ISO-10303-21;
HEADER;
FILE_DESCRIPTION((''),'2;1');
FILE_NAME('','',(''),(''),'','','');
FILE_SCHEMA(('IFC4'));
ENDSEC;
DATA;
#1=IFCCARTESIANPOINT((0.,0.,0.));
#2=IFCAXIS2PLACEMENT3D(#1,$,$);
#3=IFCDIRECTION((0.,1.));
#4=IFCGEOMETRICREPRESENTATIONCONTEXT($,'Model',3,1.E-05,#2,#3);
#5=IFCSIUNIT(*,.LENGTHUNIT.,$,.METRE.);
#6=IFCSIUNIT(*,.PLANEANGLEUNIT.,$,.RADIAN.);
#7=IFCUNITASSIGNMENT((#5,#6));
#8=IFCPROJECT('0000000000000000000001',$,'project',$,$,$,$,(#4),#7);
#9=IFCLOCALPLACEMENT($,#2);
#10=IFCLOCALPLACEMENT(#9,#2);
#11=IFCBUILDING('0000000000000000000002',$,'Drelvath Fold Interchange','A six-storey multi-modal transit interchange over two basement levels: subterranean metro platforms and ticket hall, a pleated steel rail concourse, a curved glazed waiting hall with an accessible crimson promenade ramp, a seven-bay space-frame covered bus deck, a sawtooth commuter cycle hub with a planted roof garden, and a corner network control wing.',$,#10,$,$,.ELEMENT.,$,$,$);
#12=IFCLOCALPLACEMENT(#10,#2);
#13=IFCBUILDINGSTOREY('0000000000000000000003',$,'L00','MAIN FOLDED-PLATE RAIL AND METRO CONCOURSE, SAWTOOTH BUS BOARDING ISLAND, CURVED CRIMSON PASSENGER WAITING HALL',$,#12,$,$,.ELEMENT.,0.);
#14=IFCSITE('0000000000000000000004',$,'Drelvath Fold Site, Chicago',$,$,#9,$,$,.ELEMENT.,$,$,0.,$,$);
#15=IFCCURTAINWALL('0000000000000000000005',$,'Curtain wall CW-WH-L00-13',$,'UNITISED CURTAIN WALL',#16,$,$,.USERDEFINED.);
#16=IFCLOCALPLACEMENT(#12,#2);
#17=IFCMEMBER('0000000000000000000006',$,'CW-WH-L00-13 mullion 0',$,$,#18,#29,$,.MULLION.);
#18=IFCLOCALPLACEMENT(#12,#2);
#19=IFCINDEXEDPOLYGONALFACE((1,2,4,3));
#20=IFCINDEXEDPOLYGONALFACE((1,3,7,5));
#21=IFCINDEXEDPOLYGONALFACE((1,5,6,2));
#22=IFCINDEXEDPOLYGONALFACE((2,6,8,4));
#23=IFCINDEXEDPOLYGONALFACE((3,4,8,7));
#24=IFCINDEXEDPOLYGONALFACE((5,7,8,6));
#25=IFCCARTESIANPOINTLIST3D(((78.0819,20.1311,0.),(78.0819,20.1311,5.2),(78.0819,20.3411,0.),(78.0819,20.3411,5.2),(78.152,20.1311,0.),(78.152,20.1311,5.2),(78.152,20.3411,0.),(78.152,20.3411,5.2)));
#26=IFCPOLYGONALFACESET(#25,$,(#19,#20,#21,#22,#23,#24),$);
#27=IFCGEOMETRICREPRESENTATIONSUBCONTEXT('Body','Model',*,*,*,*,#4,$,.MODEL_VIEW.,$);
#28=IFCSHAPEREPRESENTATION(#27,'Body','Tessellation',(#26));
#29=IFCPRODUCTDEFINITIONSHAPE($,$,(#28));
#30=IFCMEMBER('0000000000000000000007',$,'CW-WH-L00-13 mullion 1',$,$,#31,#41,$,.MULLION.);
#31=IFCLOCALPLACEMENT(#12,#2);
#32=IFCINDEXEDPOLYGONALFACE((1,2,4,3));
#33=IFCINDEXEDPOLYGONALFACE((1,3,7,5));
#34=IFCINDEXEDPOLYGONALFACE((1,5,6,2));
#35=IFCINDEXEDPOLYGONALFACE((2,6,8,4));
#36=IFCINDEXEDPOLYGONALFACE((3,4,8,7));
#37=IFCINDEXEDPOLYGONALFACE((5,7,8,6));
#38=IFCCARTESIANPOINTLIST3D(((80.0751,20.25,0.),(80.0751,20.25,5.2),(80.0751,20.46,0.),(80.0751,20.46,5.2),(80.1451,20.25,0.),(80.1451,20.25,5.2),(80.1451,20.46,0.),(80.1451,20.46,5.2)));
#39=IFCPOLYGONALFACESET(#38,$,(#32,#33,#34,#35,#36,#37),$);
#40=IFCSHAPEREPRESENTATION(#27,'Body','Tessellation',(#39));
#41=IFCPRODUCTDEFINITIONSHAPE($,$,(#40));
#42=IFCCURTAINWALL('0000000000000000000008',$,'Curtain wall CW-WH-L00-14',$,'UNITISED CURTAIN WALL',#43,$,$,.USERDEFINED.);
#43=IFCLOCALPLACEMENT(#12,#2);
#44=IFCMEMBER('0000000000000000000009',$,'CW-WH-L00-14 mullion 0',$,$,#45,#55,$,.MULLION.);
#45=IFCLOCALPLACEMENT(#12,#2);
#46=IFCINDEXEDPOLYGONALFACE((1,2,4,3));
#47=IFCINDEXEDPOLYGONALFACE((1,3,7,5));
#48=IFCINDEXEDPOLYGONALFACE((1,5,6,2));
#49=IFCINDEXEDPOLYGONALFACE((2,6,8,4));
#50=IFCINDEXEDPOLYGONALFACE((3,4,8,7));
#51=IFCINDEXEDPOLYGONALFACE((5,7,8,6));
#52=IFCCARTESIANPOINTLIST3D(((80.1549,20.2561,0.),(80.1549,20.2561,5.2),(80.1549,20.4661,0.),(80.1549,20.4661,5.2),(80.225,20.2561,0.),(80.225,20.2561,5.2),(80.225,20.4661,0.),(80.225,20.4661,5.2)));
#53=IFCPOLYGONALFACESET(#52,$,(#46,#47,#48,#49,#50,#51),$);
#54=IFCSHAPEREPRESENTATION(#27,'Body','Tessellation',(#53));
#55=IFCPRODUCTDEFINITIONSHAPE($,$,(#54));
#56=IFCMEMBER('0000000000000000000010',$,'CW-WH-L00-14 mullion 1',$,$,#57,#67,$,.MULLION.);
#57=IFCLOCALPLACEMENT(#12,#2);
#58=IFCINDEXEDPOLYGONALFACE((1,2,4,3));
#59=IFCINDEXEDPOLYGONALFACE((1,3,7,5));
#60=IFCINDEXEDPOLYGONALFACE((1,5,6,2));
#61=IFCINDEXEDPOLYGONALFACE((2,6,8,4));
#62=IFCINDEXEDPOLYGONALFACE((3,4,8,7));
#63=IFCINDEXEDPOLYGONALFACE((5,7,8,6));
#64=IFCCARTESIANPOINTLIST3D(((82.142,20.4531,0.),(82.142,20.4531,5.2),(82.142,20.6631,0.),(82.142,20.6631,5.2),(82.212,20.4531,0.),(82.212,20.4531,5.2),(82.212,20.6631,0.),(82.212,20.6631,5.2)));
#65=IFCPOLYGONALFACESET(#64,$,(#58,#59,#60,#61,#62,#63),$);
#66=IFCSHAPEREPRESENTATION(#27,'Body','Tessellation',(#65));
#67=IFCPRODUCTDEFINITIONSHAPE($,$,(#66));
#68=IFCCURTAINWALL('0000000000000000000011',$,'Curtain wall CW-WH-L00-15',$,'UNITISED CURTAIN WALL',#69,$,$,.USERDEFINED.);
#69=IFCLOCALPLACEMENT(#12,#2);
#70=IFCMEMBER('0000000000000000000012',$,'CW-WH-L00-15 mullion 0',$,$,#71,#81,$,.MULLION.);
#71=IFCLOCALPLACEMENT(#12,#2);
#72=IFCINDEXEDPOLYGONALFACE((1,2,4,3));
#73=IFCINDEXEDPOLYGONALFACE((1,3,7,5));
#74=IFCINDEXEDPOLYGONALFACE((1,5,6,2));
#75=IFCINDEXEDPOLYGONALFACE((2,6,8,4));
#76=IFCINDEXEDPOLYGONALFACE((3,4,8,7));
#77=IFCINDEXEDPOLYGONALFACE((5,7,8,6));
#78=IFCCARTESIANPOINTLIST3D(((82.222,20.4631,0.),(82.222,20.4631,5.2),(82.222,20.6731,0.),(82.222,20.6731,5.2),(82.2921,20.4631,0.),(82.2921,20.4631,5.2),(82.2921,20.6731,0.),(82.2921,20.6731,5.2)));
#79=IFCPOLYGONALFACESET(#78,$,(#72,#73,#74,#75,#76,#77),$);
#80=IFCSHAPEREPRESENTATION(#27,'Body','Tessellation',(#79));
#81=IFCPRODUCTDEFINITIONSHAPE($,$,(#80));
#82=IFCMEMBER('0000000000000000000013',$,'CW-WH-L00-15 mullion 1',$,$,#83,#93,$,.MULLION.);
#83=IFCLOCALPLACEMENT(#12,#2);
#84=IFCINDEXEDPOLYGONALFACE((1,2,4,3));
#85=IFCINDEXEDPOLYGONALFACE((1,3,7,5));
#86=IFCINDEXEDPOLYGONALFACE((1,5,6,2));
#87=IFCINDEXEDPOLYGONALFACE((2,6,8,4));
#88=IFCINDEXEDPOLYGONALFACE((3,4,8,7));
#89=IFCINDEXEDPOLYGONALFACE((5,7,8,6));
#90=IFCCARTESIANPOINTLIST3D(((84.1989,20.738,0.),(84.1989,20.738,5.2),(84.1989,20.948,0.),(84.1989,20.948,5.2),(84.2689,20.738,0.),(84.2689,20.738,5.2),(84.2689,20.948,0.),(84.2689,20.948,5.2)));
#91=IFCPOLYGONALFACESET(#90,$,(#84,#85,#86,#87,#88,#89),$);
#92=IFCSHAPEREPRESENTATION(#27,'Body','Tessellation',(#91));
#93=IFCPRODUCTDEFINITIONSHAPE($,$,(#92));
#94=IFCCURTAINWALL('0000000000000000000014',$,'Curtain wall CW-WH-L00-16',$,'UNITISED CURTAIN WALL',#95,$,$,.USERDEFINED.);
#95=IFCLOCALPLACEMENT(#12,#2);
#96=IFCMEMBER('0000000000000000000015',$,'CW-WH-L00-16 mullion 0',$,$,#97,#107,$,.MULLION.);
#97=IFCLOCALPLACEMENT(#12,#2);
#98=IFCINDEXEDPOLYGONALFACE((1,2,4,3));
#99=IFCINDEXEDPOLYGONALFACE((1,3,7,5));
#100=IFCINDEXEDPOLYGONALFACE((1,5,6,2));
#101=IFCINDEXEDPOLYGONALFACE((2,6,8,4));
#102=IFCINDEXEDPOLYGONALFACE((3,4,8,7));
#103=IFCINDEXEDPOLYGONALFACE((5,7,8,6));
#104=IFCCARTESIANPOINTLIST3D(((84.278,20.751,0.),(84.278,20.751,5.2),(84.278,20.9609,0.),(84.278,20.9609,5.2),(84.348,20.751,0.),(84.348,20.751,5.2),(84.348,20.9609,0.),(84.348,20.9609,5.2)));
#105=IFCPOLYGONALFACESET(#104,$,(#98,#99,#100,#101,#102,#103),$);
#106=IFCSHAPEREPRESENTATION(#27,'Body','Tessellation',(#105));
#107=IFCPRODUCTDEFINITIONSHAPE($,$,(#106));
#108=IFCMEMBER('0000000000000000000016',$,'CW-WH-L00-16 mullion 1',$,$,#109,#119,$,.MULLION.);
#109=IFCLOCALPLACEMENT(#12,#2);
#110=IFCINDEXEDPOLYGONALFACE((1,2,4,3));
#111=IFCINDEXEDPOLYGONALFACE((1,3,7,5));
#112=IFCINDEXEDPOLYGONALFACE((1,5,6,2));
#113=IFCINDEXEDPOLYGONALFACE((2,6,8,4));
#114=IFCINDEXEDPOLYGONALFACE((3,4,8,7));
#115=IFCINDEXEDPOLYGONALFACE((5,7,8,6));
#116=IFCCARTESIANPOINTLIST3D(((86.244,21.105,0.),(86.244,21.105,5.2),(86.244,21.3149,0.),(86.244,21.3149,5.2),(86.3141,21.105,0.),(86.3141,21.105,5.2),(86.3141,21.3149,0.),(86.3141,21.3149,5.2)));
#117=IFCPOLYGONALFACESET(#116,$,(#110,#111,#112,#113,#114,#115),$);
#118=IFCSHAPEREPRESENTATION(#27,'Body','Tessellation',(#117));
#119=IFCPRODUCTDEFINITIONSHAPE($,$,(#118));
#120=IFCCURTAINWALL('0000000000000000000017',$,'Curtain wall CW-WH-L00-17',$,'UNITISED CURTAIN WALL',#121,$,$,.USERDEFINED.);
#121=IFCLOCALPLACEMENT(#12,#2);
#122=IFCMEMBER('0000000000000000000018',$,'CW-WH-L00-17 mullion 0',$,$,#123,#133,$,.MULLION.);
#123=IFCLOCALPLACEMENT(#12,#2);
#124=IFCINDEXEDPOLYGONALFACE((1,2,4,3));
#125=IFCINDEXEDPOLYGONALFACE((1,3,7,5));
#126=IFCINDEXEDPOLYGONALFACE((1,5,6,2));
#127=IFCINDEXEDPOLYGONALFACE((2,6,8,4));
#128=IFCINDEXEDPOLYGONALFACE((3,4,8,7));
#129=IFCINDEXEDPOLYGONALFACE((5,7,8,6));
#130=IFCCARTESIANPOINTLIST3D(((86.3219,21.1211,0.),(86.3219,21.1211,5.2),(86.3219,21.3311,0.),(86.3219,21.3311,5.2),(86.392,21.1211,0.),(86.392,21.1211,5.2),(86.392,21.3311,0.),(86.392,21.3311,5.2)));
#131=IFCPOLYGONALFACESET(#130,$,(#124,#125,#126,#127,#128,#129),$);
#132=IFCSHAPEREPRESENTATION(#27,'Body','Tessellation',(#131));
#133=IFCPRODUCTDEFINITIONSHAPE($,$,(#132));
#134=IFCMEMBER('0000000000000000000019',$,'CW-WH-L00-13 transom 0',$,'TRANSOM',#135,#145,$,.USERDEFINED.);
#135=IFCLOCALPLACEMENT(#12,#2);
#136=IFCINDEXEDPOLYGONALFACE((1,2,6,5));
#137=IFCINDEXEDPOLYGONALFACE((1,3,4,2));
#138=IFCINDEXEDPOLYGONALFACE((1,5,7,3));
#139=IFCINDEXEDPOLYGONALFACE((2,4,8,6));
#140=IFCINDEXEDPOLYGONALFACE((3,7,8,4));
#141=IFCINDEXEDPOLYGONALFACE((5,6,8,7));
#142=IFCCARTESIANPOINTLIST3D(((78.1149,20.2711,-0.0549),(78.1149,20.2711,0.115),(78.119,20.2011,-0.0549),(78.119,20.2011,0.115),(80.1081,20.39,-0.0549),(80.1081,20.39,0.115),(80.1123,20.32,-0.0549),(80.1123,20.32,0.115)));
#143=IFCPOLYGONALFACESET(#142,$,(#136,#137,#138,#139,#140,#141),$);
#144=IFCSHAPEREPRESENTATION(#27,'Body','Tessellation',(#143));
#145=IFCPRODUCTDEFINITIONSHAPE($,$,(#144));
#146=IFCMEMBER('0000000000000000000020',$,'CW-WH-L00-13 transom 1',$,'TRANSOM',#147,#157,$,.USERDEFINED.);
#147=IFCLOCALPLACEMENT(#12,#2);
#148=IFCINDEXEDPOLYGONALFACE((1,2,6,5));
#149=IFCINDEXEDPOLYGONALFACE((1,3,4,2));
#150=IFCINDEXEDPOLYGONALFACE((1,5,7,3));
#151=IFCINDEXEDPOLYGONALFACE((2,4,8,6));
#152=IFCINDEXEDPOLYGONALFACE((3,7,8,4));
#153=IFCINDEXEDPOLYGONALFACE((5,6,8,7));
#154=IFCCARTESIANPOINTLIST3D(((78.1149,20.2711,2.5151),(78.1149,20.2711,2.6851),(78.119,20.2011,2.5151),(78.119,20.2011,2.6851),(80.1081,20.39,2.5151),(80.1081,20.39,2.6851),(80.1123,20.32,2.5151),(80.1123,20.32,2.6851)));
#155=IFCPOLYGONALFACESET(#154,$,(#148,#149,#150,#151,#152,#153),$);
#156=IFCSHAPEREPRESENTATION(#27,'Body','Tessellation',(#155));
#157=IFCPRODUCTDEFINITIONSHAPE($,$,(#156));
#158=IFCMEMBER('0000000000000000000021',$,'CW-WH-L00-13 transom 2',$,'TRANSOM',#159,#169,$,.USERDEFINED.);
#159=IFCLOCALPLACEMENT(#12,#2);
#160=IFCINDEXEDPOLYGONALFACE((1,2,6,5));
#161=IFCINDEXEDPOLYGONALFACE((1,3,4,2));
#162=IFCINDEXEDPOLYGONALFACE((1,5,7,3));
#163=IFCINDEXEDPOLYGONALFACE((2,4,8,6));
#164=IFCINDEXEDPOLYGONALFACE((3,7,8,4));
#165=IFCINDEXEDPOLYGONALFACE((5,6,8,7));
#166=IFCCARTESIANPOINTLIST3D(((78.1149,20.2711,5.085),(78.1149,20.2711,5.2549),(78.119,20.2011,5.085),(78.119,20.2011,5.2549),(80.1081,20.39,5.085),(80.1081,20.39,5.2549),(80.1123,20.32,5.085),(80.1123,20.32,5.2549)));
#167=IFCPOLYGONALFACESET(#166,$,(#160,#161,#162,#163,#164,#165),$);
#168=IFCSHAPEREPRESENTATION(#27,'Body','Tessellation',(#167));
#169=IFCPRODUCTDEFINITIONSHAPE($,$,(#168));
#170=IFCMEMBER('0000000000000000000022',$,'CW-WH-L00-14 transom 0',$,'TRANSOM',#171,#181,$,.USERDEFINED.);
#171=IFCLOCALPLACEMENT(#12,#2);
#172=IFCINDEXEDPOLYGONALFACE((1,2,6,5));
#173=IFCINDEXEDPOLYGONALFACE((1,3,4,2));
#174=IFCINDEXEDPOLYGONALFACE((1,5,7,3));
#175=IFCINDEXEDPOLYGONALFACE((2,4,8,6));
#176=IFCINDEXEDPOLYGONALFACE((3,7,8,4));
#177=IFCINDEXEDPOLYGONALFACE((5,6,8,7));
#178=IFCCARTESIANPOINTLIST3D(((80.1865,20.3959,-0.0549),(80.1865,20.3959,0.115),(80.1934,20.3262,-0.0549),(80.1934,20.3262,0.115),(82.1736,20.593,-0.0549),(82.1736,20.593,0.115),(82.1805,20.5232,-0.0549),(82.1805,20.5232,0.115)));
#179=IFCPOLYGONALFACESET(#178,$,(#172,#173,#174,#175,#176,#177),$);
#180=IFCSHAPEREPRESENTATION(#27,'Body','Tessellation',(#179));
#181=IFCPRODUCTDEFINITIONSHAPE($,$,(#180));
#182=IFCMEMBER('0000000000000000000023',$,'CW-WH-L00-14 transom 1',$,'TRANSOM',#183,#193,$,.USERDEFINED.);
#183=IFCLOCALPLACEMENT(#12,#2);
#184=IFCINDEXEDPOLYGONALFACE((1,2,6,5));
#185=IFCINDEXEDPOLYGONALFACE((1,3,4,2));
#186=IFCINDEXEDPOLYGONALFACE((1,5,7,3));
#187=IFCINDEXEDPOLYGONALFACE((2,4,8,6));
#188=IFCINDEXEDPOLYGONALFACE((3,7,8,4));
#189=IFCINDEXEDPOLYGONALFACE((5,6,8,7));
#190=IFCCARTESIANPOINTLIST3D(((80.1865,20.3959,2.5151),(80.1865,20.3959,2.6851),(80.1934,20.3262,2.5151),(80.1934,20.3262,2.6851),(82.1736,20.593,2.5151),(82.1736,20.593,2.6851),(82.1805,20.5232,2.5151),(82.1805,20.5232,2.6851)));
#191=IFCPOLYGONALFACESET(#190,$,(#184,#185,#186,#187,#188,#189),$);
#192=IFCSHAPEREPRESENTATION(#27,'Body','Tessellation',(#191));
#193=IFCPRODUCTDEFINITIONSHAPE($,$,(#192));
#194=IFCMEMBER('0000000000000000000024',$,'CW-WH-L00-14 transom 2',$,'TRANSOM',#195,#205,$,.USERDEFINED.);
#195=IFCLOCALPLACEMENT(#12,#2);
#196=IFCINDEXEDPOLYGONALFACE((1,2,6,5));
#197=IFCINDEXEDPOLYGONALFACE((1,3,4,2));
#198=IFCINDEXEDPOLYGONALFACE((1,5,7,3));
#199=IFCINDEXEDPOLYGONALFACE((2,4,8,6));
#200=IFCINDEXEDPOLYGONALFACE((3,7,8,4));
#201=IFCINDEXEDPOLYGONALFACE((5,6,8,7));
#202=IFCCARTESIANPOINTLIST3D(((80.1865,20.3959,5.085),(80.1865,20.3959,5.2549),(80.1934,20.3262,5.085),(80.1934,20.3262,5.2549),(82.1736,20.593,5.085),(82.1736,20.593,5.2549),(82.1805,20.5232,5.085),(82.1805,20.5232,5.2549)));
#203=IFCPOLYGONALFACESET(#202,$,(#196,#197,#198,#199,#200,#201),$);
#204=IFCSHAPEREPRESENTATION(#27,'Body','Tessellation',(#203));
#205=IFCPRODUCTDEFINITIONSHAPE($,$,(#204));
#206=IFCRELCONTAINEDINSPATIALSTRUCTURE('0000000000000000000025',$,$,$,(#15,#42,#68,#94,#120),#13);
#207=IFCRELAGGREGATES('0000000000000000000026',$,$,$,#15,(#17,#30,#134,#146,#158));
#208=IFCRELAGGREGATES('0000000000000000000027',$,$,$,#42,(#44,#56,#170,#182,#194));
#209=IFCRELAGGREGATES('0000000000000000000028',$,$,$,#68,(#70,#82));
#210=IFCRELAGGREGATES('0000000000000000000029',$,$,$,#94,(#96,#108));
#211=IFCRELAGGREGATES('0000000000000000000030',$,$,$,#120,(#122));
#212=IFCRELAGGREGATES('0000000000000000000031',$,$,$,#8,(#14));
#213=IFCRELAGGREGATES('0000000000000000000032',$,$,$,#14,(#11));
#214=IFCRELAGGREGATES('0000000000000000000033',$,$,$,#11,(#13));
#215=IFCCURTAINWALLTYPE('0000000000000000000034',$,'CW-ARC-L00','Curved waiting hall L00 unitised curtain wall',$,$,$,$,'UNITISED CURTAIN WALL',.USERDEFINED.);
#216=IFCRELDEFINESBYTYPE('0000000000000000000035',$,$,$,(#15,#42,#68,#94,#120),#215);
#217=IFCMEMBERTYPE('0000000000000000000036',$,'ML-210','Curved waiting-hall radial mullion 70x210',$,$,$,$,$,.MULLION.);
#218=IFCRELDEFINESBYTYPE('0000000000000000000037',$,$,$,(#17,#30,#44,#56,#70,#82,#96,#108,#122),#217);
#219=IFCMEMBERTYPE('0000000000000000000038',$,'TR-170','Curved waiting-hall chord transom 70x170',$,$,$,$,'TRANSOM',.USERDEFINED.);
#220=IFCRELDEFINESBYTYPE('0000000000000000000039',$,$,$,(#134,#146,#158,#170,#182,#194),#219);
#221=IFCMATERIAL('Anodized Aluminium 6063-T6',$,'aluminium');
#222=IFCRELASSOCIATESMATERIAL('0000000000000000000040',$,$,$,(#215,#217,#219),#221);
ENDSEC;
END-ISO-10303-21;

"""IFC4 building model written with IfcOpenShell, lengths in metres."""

from ifc_helpers import new_model, si_unit, direction, frame, origin, origin_2d, place, context, subcontext, project, spatial, rectangle, extrude, material, material_profile, profile_set, type_object, element, aggregate, save


model = new_model("IFC4")

# Units and contexts
model_context = context("Model", 3, precision=1e-05, world=origin(), true_north=direction((0.0, 1.0)))
body_context = subcontext(model_context, "Body", "Model", "MODEL_VIEW")
ifc_project = project(units=[si_unit("LENGTHUNIT", "METRE"), si_unit("PLANEANGLEUNIT", "RADIAN")], contexts=[model_context])

# Site, building, storey
site_placement = place(None, origin())
site = spatial("IfcSite", under=ifc_project, at=site_placement, Name="Drelvath Fold Site, Chicago", CompositionType="ELEMENT", RefElevation=0.0)
building_placement = place(site_placement, origin())
building = spatial("IfcBuilding", under=site, at=building_placement, Name="Drelvath Fold Interchange", Description="A six-storey multi-modal transit interchange over two basement levels: subterranean metro platforms and ticket hall, a pleated steel rail concourse, a curved glazed waiting hall with an accessible crimson promenade ramp, a seven-bay space-frame covered bus deck, a sawtooth commuter cycle hub with a planted roof garden, and a corner network control wing.", CompositionType="ELEMENT")
storey_placement = place(building_placement, origin())
storey = spatial("IfcBuildingStorey", under=building, at=storey_placement, Name="L00", Description="MAIN FOLDED-PLATE RAIL AND METRO CONCOURSE, SAWTOOTH BUS BOARDING ISLAND, CURVED CRIMSON PASSENGER WAITING HALL", CompositionType="ELEMENT", Elevation=0.0)

# Curtain walls, members
ifc_material_1 = material(Name="Anodized Aluminium 6063-T6", Category="aluminium")
curtain_wall_type = type_object("IfcCurtainWallType", Name="CW-ARC-L00", Description="Curved waiting hall L00 unitised curtain wall", ElementType="UNITISED CURTAIN WALL", PredefinedType="USERDEFINED", material=ifc_material_1)
curtain_wall_1_placement = place(storey_placement, origin())
curtain_wall_1 = element("IfcCurtainWall", 1, at=curtain_wall_1_placement, inside=storey, type_object=curtain_wall_type, Name="Curtain wall CW-WH-L00-13", ObjectType="UNITISED CURTAIN WALL", PredefinedType="USERDEFINED")
ifc_material_profile_1 = material_profile(ifc_material_1, rectangle(XDim=0.0701, YDim=0.21, at=origin_2d()), Name="AL-M 70x210")
ifc_profile_set_1 = profile_set([ifc_material_profile_1], Name="Anodized Aluminium 6063-T6")
member_type_1 = type_object("IfcMemberType", Name="ML-210", Description="Curved waiting-hall radial mullion 70x210", PredefinedType="MULLION", material=ifc_profile_set_1)
member_1_placement = place(storey_placement, frame((78.1169, 20.2361, 0.0), z_axis=(0.0, 0.0, 1.0), x_axis=(1.0, 0.0, 0.0)))
member_1 = element("IfcMember", 2, at=member_1_placement, type_object=member_type_1, Name="CW-WH-L00-13 mullion 0", PredefinedType="MULLION", context=body_context, shape_type="SweptSolid", body=[
    extrude(rectangle(XDim=0.0701, YDim=0.21, at=origin_2d()), origin(), (0.0, 0.0, 1.0), 5.2),
])
member_2_placement = place(storey_placement, frame((80.1101, 20.355, 0.0), z_axis=(0.0, 0.0, 1.0), x_axis=(1.0, 0.0, 0.0)))
member_2 = element("IfcMember", 3, at=member_2_placement, type_object=member_type_1, Name="CW-WH-L00-13 mullion 1", PredefinedType="MULLION", context=body_context, shape_type="SweptSolid", body=[
    extrude(rectangle(XDim=0.0701, YDim=0.21, at=origin_2d()), origin(), (0.0, 0.0, 1.0), 5.2),
])
curtain_wall_2_placement = place(storey_placement, origin())
curtain_wall_2 = element("IfcCurtainWall", 4, at=curtain_wall_2_placement, inside=storey, type_object=curtain_wall_type, Name="Curtain wall CW-WH-L00-14", ObjectType="UNITISED CURTAIN WALL", PredefinedType="USERDEFINED")
member_3_placement = place(storey_placement, frame((80.1899, 20.3611, 0.0), z_axis=(0.0, 0.0, 1.0), x_axis=(1.0, 0.0, 0.0)))
member_3 = element("IfcMember", 5, at=member_3_placement, type_object=member_type_1, Name="CW-WH-L00-14 mullion 0", PredefinedType="MULLION", context=body_context, shape_type="SweptSolid", body=[
    extrude(rectangle(XDim=0.0701, YDim=0.21, at=origin_2d()), origin(), (0.0, 0.0, 1.0), 5.2),
])
member_4_placement = place(storey_placement, frame((82.177, 20.5581, 0.0), z_axis=(0.0, 0.0, 1.0), x_axis=(1.0, 0.0, 0.0)))
member_4 = element("IfcMember", 6, at=member_4_placement, type_object=member_type_1, Name="CW-WH-L00-14 mullion 1", PredefinedType="MULLION", context=body_context, shape_type="SweptSolid", body=[
    extrude(rectangle(XDim=0.0701, YDim=0.21, at=origin_2d()), origin(), (0.0, 0.0, 1.0), 5.2),
])
curtain_wall_3_placement = place(storey_placement, origin())
curtain_wall_3 = element("IfcCurtainWall", 7, at=curtain_wall_3_placement, inside=storey, type_object=curtain_wall_type, Name="Curtain wall CW-WH-L00-15", ObjectType="UNITISED CURTAIN WALL", PredefinedType="USERDEFINED")
member_5_placement = place(storey_placement, frame((82.2571, 20.5681, 0.0), z_axis=(0.0, 0.0, 1.0), x_axis=(1.0, 0.0, 0.0)))
member_5 = element("IfcMember", 8, at=member_5_placement, type_object=member_type_1, Name="CW-WH-L00-15 mullion 0", PredefinedType="MULLION", context=body_context, shape_type="SweptSolid", body=[
    extrude(rectangle(XDim=0.0701, YDim=0.21, at=origin_2d()), origin(), (0.0, 0.0, 1.0), 5.2),
])
member_6_placement = place(storey_placement, frame((84.2339, 20.843, 0.0), z_axis=(0.0, 0.0, 1.0), x_axis=(1.0, 0.0, 0.0)))
member_6 = element("IfcMember", 9, at=member_6_placement, type_object=member_type_1, Name="CW-WH-L00-15 mullion 1", PredefinedType="MULLION", context=body_context, shape_type="SweptSolid", body=[
    extrude(rectangle(XDim=0.0701, YDim=0.21, at=origin_2d()), origin(), (0.0, 0.0, 1.0), 5.2),
])
curtain_wall_4_placement = place(storey_placement, origin())
curtain_wall_4 = element("IfcCurtainWall", 10, at=curtain_wall_4_placement, inside=storey, type_object=curtain_wall_type, Name="Curtain wall CW-WH-L00-16", ObjectType="UNITISED CURTAIN WALL", PredefinedType="USERDEFINED")
member_7_placement = place(storey_placement, frame((84.313, 20.856, 0.0), z_axis=(0.0, 0.0, 1.0), x_axis=(1.0, 0.0, 0.0)))
member_7 = element("IfcMember", 11, at=member_7_placement, type_object=member_type_1, Name="CW-WH-L00-16 mullion 0", PredefinedType="MULLION", context=body_context, shape_type="SweptSolid", body=[
    extrude(rectangle(XDim=0.0701, YDim=0.21, at=origin_2d()), origin(), (0.0, 0.0, 1.0), 5.2),
])
member_8_placement = place(storey_placement, frame((86.2791, 21.21, 0.0), z_axis=(0.0, 0.0, 1.0), x_axis=(1.0, 0.0, 0.0)))
member_8 = element("IfcMember", 12, at=member_8_placement, type_object=member_type_1, Name="CW-WH-L00-16 mullion 1", PredefinedType="MULLION", context=body_context, shape_type="SweptSolid", body=[
    extrude(rectangle(XDim=0.0701, YDim=0.21, at=origin_2d()), origin(), (0.0, 0.0, 1.0), 5.2),
])

# Curtain wall, member
curtain_wall_5_placement = place(storey_placement, origin())
curtain_wall_5 = element("IfcCurtainWall", 13, at=curtain_wall_5_placement, inside=storey, type_object=curtain_wall_type, Name="Curtain wall CW-WH-L00-17", ObjectType="UNITISED CURTAIN WALL", PredefinedType="USERDEFINED")
member_9_placement = place(storey_placement, frame((86.3569, 21.2261, 0.0), z_axis=(0.0, 0.0, 1.0), x_axis=(1.0, 0.0, 0.0)))
member_9 = element("IfcMember", 14, at=member_9_placement, type_object=member_type_1, Name="CW-WH-L00-17 mullion 0", PredefinedType="MULLION", context=body_context, shape_type="SweptSolid", body=[
    extrude(rectangle(XDim=0.0701, YDim=0.21, at=origin_2d()), origin(), (0.0, 0.0, 1.0), 5.2),
])

# Members
ifc_material_profile_2 = material_profile(ifc_material_1, rectangle(XDim=0.0701, YDim=0.1699, at=origin_2d()), Name="AL-T 70x170")
ifc_profile_set_2 = profile_set([ifc_material_profile_2], Name="Anodized Aluminium 6063-T6")
member_type_2 = type_object("IfcMemberType", Name="TR-170", Description="Curved waiting-hall chord transom 70x170", ElementType="TRANSOM", PredefinedType="USERDEFINED", material=ifc_profile_set_2)
member_10_placement = place(storey_placement, frame((78.1169, 20.2361, 0.03), z_axis=(0.998226, 0.059546, 0.0), x_axis=(-0.059546, 0.998226, 0.0)))
member_10 = element("IfcMember", 15, at=member_10_placement, type_object=member_type_2, Name="CW-WH-L00-13 transom 0", ObjectType="TRANSOM", PredefinedType="USERDEFINED", context=body_context, shape_type="SweptSolid", body=[
    extrude(rectangle(XDim=0.0701, YDim=0.1699, at=origin_2d()), origin(), (0.0, 0.0, 1.0), 1.9968),
])
member_11_placement = place(storey_placement, frame((78.1169, 20.2361, 2.6001), z_axis=(0.998226, 0.059546, 0.0), x_axis=(-0.059546, 0.998226, 0.0)))
member_11 = element("IfcMember", 16, at=member_11_placement, type_object=member_type_2, Name="CW-WH-L00-13 transom 1", ObjectType="TRANSOM", PredefinedType="USERDEFINED", context=body_context, shape_type="SweptSolid", body=[
    extrude(rectangle(XDim=0.0701, YDim=0.1699, at=origin_2d()), origin(), (0.0, 0.0, 1.0), 1.9968),
])
member_12_placement = place(storey_placement, frame((78.1169, 20.2361, 5.1699), z_axis=(0.998226, 0.059546, 0.0), x_axis=(-0.059546, 0.998226, 0.0)))
member_12 = element("IfcMember", 17, at=member_12_placement, type_object=member_type_2, Name="CW-WH-L00-13 transom 2", ObjectType="TRANSOM", PredefinedType="USERDEFINED", context=body_context, shape_type="SweptSolid", body=[
    extrude(rectangle(XDim=0.0701, YDim=0.1699, at=origin_2d()), origin(), (0.0, 0.0, 1.0), 1.9968),
])
member_13_placement = place(storey_placement, frame((80.1899, 20.3611, 0.03), z_axis=(0.99512, 0.098668, 0.0), x_axis=(-0.098668, 0.99512, 0.0)))
member_13 = element("IfcMember", 18, at=member_13_placement, type_object=member_type_2, Name="CW-WH-L00-14 transom 0", ObjectType="TRANSOM", PredefinedType="USERDEFINED", context=body_context, shape_type="SweptSolid", body=[
    extrude(rectangle(XDim=0.0701, YDim=0.1699, at=origin_2d()), origin(), (0.0, 0.0, 1.0), 1.9968),
])
member_14_placement = place(storey_placement, frame((80.1899, 20.3611, 2.6001), z_axis=(0.99512, 0.098668, 0.0), x_axis=(-0.098668, 0.99512, 0.0)))
member_14 = element("IfcMember", 19, at=member_14_placement, type_object=member_type_2, Name="CW-WH-L00-14 transom 1", ObjectType="TRANSOM", PredefinedType="USERDEFINED", context=body_context, shape_type="SweptSolid", body=[
    extrude(rectangle(XDim=0.0701, YDim=0.1699, at=origin_2d()), origin(), (0.0, 0.0, 1.0), 1.9968),
])
member_15_placement = place(storey_placement, frame((80.1899, 20.3611, 5.1699), z_axis=(0.99512, 0.098668, 0.0), x_axis=(-0.098668, 0.99512, 0.0)))
member_15 = element("IfcMember", 20, at=member_15_placement, type_object=member_type_2, Name="CW-WH-L00-14 transom 2", ObjectType="TRANSOM", PredefinedType="USERDEFINED", context=body_context, shape_type="SweptSolid", body=[
    extrude(rectangle(XDim=0.0701, YDim=0.1699, at=origin_2d()), origin(), (0.0, 0.0, 1.0), 1.9968),
])

aggregate(curtain_wall_1, [member_1, member_2, member_10, member_11, member_12])
aggregate(curtain_wall_2, [member_3, member_4, member_13, member_14, member_15])
aggregate(curtain_wall_3, [member_5, member_6])
aggregate(curtain_wall_4, [member_7, member_8])
aggregate(curtain_wall_5, [member_9])

save(model, "model.ifc")
